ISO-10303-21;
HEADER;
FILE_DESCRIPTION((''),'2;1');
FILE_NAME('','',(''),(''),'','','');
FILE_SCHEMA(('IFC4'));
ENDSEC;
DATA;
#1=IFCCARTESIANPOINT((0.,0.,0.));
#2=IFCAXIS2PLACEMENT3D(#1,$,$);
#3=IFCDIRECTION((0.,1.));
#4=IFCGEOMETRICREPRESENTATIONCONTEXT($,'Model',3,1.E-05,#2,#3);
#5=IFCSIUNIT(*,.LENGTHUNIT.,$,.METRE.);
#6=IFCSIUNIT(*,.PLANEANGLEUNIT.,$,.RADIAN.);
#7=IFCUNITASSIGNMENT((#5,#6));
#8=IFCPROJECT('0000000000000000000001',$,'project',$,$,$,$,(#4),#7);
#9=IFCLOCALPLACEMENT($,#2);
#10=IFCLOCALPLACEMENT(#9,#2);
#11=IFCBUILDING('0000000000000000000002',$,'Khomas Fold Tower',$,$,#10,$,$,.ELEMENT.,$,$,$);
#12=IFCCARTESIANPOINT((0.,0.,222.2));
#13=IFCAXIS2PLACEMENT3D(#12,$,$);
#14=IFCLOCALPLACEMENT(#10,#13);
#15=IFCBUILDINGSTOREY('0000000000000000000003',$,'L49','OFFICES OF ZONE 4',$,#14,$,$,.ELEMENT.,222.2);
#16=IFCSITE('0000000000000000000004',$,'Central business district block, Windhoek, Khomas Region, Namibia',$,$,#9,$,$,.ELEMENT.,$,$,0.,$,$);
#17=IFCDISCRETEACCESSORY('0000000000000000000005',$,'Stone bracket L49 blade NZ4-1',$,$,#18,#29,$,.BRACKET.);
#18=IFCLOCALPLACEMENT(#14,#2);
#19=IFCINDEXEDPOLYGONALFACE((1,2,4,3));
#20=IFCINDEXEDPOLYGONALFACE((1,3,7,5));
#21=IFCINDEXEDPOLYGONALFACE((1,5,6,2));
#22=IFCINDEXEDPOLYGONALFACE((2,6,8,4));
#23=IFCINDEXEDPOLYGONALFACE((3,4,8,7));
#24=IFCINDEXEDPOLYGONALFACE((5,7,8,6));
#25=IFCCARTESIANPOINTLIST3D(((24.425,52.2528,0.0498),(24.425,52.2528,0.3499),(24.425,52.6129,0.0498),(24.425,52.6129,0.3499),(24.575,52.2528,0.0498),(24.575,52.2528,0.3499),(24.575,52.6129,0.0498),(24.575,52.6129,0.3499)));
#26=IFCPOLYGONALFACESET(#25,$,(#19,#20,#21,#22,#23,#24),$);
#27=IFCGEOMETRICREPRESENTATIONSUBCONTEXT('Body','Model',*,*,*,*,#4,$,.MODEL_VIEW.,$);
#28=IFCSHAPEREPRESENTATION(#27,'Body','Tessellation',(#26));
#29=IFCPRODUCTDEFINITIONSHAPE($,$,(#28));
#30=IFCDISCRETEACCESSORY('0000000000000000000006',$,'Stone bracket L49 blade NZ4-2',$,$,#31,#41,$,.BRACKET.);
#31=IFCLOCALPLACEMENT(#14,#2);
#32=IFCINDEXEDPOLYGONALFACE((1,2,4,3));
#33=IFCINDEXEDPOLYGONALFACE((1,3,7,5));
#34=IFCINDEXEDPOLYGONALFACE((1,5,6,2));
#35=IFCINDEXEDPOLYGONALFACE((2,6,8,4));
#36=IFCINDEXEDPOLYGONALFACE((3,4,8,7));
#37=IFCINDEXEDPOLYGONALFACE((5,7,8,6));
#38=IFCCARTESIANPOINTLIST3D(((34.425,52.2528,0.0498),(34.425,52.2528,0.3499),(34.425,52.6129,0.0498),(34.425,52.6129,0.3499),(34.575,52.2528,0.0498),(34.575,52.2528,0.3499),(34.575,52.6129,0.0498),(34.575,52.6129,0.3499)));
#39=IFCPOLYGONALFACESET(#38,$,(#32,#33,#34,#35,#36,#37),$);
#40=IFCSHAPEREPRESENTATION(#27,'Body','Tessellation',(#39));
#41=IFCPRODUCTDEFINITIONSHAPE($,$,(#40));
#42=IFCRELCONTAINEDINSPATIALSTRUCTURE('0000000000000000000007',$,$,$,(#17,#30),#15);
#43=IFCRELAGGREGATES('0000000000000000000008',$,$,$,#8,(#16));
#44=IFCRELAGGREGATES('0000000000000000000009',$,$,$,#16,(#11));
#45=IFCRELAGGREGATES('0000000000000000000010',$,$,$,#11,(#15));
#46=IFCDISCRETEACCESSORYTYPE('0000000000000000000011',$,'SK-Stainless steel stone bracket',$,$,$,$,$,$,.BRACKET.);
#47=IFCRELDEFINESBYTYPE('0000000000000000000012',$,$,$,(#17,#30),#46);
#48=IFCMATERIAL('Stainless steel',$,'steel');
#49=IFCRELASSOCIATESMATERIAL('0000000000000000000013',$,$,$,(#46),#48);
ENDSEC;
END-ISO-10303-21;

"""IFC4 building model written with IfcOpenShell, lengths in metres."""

from ifc_helpers import new_model, si_unit, direction, frame, origin, origin_2d, place, context, subcontext, project, spatial, rectangle, extrude, source, transform, mapped, material, type_object, element, save


model = new_model("IFC4")

# Units and contexts
model_context = context("Model", 3, precision=1e-05, world=origin(), true_north=direction((0.0, 1.0)))
body_context = subcontext(model_context, "Body", "Model", "MODEL_VIEW")
ifc_project = project(units=[si_unit("LENGTHUNIT", "METRE"), si_unit("PLANEANGLEUNIT", "RADIAN")], contexts=[model_context])

# Site, building, storey
site_placement = place(None, origin())
site = spatial("IfcSite", under=ifc_project, at=site_placement, Name="Central business district block, Windhoek, Khomas Region, Namibia", CompositionType="ELEMENT", RefElevation=0.0)
building_placement = place(site_placement, origin())
building = spatial("IfcBuilding", under=site, at=building_placement, Name="Khomas Fold Tower", CompositionType="ELEMENT")
storey_placement = place(building_placement, frame((0.0, 0.0, 222.2)))
storey = spatial("IfcBuildingStorey", under=building, at=storey_placement, Name="L49", Description="OFFICES OF ZONE 4", CompositionType="ELEMENT", Elevation=222.2)

# Discrete accessories
ifc_material_1 = material(Name="Stainless steel", Category="steel")
discrete_accessory_type = type_object("IfcDiscreteAccessoryType", Name="SK-Stainless steel stone bracket", PredefinedType="BRACKET", material=ifc_material_1)
shared_shape_1 = source(origin(), body_context, "Body", "SweptSolid", [
    extrude(rectangle(XDim=0.3601, YDim=0.1499, at=origin_2d()), origin(), (0.0, 0.0, 1.0), 0.3),
])
for number, where, z_axis, x_axis, name in (
    (1, (24.5, 52.4329, 0.0498), (0.0, 0.0, 1.0), (0.0, 1.0, 0.0), "Stone bracket L49 blade NZ4-1"),
    (2, (34.5, 52.4329, 0.0498), (0.0, 0.0, 1.0), (0.0, 1.0, 0.0), "Stone bracket L49 blade NZ4-2"),
):
    element("IfcDiscreteAccessory", number, at=place(storey_placement, frame(where, z_axis=z_axis, x_axis=x_axis)), inside=storey, type_object=discrete_accessory_type, Name=name, PredefinedType="BRACKET", context=body_context, shape_type="MappedRepresentation", body=[
        mapped(shared_shape_1, transform((0.0, 0.0, 0.0))),
    ])

save(model, "model.ifc")
